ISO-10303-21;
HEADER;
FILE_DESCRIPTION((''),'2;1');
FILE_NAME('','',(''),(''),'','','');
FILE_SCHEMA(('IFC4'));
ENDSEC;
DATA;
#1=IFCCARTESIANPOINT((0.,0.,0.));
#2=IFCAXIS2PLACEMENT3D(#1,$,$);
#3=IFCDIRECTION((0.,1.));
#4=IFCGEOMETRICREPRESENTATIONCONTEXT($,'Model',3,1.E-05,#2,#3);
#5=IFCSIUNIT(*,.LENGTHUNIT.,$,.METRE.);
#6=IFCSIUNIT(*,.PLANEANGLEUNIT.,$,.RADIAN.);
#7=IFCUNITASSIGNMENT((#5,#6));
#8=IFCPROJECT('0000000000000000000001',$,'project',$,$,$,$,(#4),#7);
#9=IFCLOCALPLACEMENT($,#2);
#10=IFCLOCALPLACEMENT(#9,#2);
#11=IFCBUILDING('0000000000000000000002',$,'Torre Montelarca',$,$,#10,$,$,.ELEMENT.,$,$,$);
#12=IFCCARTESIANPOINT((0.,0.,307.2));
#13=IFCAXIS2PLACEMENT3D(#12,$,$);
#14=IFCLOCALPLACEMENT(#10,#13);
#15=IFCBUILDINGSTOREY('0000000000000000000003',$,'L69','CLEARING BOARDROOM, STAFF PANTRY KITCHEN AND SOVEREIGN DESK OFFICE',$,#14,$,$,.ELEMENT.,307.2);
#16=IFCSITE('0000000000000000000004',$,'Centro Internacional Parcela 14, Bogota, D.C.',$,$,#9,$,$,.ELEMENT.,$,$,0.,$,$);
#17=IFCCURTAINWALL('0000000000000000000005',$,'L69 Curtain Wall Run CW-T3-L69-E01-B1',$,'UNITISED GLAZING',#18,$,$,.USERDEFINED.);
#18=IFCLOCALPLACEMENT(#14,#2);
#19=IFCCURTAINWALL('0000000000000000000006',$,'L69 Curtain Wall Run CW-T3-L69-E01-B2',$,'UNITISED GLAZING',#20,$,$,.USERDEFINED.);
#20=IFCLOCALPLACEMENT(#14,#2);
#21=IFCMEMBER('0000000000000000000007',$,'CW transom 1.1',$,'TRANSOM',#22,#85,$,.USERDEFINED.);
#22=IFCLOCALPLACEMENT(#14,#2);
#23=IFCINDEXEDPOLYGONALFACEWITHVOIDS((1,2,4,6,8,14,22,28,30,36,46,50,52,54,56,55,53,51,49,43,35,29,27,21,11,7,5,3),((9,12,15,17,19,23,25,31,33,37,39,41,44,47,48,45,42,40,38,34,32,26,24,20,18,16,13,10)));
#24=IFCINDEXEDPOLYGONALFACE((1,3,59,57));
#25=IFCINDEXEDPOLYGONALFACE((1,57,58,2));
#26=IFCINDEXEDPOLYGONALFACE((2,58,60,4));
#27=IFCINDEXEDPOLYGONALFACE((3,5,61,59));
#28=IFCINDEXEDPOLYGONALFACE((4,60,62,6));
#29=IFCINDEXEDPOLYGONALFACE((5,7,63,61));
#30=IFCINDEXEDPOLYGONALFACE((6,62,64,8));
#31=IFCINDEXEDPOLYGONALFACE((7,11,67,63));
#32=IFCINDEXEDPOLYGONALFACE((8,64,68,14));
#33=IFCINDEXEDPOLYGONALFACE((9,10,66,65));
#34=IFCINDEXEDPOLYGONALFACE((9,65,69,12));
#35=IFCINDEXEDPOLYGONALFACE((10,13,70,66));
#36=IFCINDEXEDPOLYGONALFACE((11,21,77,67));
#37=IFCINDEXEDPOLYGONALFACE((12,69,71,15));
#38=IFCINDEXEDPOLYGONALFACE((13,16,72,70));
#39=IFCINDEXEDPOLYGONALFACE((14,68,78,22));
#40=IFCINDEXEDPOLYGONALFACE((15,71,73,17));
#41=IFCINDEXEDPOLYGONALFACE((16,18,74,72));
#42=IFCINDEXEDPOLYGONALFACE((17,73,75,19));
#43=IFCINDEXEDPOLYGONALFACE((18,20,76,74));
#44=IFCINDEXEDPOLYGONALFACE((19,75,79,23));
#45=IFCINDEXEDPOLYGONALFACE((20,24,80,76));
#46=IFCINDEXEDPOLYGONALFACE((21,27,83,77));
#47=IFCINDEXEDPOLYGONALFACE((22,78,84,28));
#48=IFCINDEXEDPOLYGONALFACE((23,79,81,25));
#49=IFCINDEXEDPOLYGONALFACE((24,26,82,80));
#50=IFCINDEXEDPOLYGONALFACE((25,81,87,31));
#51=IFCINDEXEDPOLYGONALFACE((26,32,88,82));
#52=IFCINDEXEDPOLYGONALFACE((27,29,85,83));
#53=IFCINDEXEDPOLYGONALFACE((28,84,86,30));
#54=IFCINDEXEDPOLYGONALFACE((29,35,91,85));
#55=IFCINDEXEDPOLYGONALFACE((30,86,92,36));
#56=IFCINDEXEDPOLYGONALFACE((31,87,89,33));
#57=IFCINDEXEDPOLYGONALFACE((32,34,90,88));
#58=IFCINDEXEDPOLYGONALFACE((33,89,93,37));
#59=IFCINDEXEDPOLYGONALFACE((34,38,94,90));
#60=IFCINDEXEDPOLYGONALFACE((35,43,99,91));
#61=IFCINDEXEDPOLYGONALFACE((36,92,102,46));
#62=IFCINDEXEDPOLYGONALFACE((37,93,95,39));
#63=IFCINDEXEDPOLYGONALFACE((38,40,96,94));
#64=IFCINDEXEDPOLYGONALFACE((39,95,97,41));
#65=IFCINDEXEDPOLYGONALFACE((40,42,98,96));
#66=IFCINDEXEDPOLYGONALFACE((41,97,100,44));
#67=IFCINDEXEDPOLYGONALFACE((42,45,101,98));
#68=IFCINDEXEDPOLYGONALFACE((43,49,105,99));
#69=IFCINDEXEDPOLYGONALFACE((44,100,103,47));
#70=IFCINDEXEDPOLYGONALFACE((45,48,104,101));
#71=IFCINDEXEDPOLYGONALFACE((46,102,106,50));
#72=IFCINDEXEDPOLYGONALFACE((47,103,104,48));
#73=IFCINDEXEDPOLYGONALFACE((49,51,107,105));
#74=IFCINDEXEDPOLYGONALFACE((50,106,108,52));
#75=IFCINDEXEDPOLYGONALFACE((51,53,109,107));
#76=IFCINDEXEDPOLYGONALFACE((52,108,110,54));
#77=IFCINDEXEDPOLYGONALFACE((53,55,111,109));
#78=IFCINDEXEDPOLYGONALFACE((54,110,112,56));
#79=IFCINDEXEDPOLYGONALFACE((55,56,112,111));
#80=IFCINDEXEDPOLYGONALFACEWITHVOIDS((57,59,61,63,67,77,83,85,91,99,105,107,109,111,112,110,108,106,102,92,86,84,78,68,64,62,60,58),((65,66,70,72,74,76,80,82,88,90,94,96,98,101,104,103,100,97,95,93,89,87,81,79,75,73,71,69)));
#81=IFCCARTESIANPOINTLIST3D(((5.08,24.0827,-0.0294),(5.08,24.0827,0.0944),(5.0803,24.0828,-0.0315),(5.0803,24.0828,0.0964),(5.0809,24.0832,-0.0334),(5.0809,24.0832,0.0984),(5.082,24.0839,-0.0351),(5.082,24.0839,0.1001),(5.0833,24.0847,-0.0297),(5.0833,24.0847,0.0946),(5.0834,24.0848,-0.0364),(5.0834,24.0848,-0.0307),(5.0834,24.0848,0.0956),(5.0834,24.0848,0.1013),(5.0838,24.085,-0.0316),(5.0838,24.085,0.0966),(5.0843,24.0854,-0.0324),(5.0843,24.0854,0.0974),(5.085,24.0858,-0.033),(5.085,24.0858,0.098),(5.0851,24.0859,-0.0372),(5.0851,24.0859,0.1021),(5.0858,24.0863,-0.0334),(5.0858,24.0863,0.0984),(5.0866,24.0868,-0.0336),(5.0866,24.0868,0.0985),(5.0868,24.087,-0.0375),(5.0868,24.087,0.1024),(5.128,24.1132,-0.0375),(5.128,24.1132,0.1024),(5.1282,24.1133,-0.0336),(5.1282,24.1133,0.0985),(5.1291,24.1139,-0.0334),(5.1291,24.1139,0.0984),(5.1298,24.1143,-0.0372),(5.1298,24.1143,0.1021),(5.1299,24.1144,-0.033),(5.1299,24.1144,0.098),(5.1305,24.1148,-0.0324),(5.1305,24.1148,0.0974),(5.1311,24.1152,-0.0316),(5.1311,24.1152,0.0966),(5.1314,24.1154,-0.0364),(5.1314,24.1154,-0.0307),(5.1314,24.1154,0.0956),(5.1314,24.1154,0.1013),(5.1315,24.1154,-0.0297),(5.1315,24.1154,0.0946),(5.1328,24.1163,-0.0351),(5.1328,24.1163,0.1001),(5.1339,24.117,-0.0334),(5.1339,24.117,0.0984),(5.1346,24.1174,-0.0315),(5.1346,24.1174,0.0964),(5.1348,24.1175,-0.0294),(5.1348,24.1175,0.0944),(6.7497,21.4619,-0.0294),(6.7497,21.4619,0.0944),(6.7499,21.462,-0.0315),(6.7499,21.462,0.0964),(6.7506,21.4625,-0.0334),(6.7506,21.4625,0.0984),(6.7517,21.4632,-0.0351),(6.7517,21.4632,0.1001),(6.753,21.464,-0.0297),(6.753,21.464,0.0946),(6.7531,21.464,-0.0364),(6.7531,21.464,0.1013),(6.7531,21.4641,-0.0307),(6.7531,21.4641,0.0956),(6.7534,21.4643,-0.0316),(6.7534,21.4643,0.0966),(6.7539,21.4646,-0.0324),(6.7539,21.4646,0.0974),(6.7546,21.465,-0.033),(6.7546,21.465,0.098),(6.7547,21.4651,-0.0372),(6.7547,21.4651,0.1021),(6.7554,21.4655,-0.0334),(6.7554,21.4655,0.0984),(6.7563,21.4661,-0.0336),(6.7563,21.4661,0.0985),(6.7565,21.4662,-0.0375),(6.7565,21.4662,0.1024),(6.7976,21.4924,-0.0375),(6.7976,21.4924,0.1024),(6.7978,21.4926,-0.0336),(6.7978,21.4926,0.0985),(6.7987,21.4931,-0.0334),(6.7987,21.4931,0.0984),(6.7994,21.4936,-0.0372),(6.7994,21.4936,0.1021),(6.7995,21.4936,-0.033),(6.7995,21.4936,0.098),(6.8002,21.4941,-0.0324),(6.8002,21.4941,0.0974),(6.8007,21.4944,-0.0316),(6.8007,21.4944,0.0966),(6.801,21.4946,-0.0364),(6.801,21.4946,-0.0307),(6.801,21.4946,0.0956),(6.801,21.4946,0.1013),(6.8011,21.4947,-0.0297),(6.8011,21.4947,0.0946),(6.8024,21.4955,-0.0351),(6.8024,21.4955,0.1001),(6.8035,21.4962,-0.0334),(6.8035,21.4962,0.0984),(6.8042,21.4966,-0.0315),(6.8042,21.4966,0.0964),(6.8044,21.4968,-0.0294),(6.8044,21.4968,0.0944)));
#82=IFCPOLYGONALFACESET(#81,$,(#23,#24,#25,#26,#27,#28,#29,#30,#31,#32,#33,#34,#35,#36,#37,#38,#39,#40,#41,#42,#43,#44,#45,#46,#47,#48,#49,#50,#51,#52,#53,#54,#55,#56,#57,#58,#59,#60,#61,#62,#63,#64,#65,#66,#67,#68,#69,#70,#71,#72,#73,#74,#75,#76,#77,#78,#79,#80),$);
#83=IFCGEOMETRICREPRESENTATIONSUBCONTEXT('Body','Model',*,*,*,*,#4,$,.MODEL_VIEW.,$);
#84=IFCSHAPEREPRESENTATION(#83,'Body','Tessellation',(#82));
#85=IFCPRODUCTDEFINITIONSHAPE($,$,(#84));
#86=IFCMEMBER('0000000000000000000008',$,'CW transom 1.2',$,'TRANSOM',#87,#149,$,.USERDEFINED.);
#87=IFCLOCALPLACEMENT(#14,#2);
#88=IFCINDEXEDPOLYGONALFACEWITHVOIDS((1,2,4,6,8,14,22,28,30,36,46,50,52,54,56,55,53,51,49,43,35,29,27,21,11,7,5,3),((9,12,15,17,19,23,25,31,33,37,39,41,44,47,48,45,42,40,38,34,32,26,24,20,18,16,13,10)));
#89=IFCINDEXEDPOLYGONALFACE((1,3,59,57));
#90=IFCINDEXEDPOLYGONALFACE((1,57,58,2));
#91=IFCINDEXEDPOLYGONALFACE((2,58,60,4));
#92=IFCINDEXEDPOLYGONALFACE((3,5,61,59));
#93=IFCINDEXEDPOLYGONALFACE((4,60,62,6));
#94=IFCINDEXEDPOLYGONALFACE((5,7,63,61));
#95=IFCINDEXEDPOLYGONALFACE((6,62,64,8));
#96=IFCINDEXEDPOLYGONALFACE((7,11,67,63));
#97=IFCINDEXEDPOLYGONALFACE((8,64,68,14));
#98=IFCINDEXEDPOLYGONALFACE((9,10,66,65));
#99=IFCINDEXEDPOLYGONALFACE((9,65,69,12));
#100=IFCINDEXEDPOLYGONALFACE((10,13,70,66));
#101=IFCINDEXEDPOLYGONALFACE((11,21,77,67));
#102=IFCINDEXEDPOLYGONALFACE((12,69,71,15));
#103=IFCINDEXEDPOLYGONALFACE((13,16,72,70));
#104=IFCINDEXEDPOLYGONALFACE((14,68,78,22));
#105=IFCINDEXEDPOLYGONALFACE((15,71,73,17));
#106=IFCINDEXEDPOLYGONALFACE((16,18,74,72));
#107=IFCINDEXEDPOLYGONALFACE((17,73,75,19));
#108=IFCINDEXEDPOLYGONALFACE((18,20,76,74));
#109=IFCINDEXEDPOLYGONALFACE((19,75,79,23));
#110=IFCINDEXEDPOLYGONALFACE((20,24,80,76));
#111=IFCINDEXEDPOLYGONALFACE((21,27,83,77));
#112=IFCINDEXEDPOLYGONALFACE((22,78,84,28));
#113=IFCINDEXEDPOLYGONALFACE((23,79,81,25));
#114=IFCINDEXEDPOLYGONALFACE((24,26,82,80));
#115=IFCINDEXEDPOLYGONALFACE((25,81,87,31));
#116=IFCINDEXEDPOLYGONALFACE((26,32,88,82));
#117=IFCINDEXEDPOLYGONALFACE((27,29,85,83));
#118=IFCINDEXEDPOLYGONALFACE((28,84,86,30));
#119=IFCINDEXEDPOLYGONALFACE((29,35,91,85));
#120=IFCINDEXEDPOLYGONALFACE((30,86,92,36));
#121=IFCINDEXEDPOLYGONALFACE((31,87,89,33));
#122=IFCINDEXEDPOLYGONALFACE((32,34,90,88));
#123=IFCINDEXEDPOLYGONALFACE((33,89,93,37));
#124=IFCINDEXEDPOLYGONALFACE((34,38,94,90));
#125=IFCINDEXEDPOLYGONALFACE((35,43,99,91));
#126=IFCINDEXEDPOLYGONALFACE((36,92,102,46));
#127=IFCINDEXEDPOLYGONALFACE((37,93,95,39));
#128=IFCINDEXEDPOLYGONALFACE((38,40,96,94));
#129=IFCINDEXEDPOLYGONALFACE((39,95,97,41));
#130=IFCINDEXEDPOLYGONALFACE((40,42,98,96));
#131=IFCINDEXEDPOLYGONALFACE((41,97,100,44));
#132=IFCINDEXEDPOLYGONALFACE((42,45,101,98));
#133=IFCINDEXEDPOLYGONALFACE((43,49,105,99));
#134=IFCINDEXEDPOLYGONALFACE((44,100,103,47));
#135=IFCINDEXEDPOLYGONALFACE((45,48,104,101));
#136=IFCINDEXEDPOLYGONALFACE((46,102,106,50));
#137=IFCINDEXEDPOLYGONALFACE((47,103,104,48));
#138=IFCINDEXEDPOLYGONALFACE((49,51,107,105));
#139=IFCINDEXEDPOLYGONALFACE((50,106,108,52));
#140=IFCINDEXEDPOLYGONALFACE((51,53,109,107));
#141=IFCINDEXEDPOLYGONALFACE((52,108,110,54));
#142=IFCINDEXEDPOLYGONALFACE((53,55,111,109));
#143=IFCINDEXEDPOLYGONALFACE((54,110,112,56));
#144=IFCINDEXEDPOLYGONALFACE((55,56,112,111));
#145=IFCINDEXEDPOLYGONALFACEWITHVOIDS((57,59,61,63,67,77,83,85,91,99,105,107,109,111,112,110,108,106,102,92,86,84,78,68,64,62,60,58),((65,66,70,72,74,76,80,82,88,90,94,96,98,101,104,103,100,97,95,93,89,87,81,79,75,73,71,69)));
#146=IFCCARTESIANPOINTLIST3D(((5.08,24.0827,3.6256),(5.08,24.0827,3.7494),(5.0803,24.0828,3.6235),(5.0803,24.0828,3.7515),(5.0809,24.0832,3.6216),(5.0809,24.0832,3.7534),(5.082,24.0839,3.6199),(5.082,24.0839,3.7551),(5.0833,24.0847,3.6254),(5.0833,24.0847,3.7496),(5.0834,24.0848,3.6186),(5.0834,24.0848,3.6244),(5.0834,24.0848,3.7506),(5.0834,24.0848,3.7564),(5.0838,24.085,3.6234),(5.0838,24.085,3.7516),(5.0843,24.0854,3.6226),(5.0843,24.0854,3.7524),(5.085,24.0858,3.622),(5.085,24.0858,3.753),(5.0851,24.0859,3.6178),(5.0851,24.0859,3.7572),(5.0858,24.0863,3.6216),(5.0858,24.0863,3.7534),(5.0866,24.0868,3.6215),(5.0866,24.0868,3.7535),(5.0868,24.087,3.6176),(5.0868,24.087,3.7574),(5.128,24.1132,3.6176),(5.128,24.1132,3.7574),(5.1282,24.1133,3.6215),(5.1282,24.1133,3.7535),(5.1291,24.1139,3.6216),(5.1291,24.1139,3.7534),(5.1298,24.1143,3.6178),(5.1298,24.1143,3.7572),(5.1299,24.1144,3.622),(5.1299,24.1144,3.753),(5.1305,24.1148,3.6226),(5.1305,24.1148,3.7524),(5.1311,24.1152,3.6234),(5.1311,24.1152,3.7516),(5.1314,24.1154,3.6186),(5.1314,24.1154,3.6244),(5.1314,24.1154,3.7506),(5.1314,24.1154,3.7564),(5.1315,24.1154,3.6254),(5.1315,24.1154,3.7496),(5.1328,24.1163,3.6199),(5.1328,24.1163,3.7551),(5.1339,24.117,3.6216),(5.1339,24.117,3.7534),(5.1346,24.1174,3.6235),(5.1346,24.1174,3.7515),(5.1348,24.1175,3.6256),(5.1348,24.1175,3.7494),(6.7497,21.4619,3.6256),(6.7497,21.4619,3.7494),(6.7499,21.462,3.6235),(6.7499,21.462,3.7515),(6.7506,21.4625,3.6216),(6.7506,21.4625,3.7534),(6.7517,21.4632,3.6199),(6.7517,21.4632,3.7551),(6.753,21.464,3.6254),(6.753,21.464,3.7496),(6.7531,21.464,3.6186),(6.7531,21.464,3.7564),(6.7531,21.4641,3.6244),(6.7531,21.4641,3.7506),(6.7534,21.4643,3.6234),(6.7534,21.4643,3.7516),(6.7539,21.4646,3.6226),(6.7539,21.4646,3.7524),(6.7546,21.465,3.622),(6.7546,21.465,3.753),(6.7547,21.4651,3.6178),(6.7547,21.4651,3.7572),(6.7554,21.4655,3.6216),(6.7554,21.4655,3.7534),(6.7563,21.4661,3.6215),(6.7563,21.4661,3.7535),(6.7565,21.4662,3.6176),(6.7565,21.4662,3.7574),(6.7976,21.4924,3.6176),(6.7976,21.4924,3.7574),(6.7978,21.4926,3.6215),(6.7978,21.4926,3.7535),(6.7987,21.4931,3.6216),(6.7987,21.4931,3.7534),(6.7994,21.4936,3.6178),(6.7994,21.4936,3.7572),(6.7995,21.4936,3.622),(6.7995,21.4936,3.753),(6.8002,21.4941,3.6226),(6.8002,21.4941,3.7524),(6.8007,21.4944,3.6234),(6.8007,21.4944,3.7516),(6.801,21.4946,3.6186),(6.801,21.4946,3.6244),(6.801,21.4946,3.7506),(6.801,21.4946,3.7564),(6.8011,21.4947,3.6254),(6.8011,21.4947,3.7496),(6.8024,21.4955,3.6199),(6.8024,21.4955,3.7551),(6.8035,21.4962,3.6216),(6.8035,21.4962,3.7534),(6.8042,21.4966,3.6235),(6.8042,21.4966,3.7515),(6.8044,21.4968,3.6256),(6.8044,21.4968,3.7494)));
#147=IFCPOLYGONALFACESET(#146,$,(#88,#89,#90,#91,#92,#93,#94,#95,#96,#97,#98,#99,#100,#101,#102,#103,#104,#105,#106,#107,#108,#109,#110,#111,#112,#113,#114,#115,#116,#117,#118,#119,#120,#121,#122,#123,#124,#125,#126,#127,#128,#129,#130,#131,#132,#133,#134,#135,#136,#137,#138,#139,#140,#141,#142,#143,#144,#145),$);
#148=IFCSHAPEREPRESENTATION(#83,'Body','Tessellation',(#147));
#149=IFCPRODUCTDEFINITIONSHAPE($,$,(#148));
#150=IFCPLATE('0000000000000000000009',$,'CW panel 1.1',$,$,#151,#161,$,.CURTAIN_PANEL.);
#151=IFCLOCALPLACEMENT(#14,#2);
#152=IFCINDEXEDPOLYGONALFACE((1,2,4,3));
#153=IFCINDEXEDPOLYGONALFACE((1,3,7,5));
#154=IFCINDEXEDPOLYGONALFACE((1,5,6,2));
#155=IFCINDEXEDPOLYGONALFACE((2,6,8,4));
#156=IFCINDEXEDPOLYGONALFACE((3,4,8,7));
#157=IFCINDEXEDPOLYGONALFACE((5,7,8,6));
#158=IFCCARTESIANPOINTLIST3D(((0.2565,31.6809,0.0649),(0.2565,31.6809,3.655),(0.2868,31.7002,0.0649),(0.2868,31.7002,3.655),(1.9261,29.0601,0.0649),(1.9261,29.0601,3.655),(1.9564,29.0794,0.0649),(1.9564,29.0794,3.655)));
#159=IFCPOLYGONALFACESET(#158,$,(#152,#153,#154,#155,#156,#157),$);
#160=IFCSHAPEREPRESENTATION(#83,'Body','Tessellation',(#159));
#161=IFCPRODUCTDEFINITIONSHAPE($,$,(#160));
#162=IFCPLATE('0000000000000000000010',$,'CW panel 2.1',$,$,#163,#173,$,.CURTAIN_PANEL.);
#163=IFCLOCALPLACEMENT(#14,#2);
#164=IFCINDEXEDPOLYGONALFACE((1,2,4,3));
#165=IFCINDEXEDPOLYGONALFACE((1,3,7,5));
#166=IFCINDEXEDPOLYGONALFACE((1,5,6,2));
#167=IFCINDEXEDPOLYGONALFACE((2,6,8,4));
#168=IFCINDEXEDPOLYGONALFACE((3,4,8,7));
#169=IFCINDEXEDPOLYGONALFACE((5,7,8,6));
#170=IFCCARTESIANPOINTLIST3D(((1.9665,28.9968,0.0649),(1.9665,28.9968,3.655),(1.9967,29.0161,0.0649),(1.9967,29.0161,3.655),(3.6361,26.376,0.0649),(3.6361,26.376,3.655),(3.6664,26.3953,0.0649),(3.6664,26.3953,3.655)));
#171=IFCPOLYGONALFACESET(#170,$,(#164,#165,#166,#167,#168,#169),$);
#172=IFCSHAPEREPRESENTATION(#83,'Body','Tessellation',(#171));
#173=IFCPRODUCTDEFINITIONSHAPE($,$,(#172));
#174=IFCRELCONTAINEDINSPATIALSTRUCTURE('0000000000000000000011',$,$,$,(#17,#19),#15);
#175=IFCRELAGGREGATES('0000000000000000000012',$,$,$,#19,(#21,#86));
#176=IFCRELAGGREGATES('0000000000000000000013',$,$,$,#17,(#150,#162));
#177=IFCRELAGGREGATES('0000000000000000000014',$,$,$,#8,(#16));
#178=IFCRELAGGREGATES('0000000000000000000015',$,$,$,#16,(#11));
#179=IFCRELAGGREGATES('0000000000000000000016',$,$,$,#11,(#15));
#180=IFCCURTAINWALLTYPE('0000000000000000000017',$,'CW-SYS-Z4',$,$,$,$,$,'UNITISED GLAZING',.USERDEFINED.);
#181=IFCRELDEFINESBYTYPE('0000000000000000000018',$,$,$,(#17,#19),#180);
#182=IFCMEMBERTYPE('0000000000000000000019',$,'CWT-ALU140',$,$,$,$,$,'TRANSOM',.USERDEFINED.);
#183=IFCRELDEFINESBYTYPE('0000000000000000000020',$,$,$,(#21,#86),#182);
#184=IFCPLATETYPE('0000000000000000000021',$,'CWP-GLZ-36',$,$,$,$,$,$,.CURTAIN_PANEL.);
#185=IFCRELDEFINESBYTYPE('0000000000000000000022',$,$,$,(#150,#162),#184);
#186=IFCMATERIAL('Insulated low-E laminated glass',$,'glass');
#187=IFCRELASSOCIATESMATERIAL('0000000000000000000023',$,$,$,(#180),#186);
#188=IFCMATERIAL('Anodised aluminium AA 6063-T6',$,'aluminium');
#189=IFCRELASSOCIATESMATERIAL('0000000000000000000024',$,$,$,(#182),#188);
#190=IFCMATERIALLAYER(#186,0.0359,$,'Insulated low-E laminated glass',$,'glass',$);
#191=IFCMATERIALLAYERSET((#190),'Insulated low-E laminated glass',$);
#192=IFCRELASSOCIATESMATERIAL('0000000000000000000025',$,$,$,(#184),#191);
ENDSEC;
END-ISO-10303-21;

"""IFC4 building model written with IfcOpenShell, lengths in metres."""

from ifc_helpers import new_model, si_unit, direction, frame, origin, origin_2d, place, context, subcontext, project, spatial, rectangle, hollow_rectangle, extrude, source, transform, mapped, material, layer, layer_set, material_profile, profile_set, type_object, element, aggregate, save


model = new_model("IFC4")

# Units and contexts
model_context = context("Model", 3, precision=1e-05, world=origin(), true_north=direction((0.0, 1.0)))
body_context = subcontext(model_context, "Body", "Model", "MODEL_VIEW")
ifc_project = project(units=[si_unit("LENGTHUNIT", "METRE"), si_unit("PLANEANGLEUNIT", "RADIAN")], contexts=[model_context])

# Site, building, storey
site_placement = place(None, origin())
site = spatial("IfcSite", under=ifc_project, at=site_placement, Name="Centro Internacional Parcela 14, Bogota, D.C.", CompositionType="ELEMENT", RefElevation=0.0)
building_placement = place(site_placement, origin())
building = spatial("IfcBuilding", under=site, at=building_placement, Name="Torre Montelarca", CompositionType="ELEMENT")
storey_placement = place(building_placement, frame((0.0, 0.0, 307.2)))
storey = spatial("IfcBuildingStorey", under=building, at=storey_placement, Name="L69", Description="CLEARING BOARDROOM, STAFF PANTRY KITCHEN AND SOVEREIGN DESK OFFICE", CompositionType="ELEMENT", Elevation=307.2)

# Curtain wall
ifc_material_1 = material(Name="Insulated low-E laminated glass", Category="glass")
curtain_wall_type = type_object("IfcCurtainWallType", Name="CW-SYS-Z4", ElementType="UNITISED GLAZING", PredefinedType="USERDEFINED", material=ifc_material_1)
curtain_wall_1_placement = place(storey_placement, origin())
curtain_wall_1 = element("IfcCurtainWall", 1, at=curtain_wall_1_placement, inside=storey, type_object=curtain_wall_type, Name="L69 Curtain Wall Run CW-T3-L69-E01-B1", ObjectType="UNITISED GLAZING", PredefinedType="USERDEFINED")
ifc_material_2 = material(Name="Anodised aluminium AA 6063-T6", Category="aluminium")

# Curtain wall
curtain_wall_2_placement = place(storey_placement, origin())
curtain_wall_2 = element("IfcCurtainWall", 2, at=curtain_wall_2_placement, inside=storey, type_object=curtain_wall_type, Name="L69 Curtain Wall Run CW-T3-L69-E01-B2", ObjectType="UNITISED GLAZING", PredefinedType="USERDEFINED")

# Members
ifc_material_profile_1 = material_profile(ifc_material_2, hollow_rectangle(XDim=0.0649, YDim=0.1399, WallThickness=0.0039, InnerFilletRadius=0.0039, OuterFilletRadius=0.0081, at=origin_2d()), Name="ALU65X140X4", Category="aluminium")
ifc_profile_set_1 = profile_set([ifc_material_profile_1], Name="Anodised aluminium AA 6063-T6")
member_type_1 = type_object("IfcMemberType", Name="CWT-ALU140", ElementType="TRANSOM", PredefinedType="USERDEFINED", material=ifc_profile_set_1)
shared_shape_1 = source(origin(), body_context, "Body", "SweptSolid", [
    extrude(hollow_rectangle(XDim=0.0649, YDim=0.1399, WallThickness=0.0039, InnerFilletRadius=0.0039, OuterFilletRadius=0.0081, at=origin_2d()), origin(), (0.0, 0.0, 1.0), 3.1074),
])
member_1_placement = place(storey_placement, frame((5.1074, 24.1001, 0.0325), z_axis=(0.537302, -0.84339, 0.0), x_axis=(0.84339, 0.537302, 0.0)))
member_1 = element("IfcMember", 3, at=member_1_placement, type_object=member_type_1, Name="CW transom 1.1", ObjectType="TRANSOM", PredefinedType="USERDEFINED", context=body_context, shape_type="MappedRepresentation", body=[
    mapped(shared_shape_1, transform((0.0, 0.0, 0.0), scale=1.0)),
])
member_2_placement = place(storey_placement, frame((5.1074, 24.1001, 3.6875), z_axis=(0.537302, -0.84339, 0.0), x_axis=(0.84339, 0.537302, 0.0)))
member_2 = element("IfcMember", 4, at=member_2_placement, type_object=member_type_1, Name="CW transom 1.2", ObjectType="TRANSOM", PredefinedType="USERDEFINED", context=body_context, shape_type="MappedRepresentation", body=[
    mapped(shared_shape_1, transform((0.0, 0.0, 0.0), scale=1.0)),
])
aggregate(curtain_wall_2, [member_1, member_2])

# Plates
ifc_layer_1 = layer(ifc_material_1, 0.0359, Name="Insulated low-E laminated glass", Category="glass")
ifc_layer_set_1 = layer_set([ifc_layer_1], Name="Insulated low-E laminated glass")
plate_type = type_object("IfcPlateType", Name="CWP-GLZ-36", PredefinedType="CURTAIN_PANEL", material=ifc_layer_set_1)
shared_shape_2 = source(origin(), body_context, "Body", "SweptSolid", [
    extrude(rectangle(XDim=3.1074, YDim=0.0359, at=origin_2d()), origin(), (0.0, 0.0, 1.0), 3.5901),
])
plate_1_placement = place(storey_placement, frame((1.1064, 30.3801, 0.0649), z_axis=(0.0, 0.0, 1.0), x_axis=(0.537301, -0.84339, 0.0)))
plate_1 = element("IfcPlate", 5, at=plate_1_placement, type_object=plate_type, Name="CW panel 1.1", PredefinedType="CURTAIN_PANEL", context=body_context, shape_type="MappedRepresentation", body=[
    mapped(shared_shape_2, transform((0.0, 0.0, 0.0), scale=1.0)),
])
plate_2_placement = place(storey_placement, frame((2.8164, 27.696, 0.0649), z_axis=(0.0, 0.0, 1.0), x_axis=(0.537301, -0.84339, 0.0)))
plate_2 = element("IfcPlate", 6, at=plate_2_placement, type_object=plate_type, Name="CW panel 2.1", PredefinedType="CURTAIN_PANEL", context=body_context, shape_type="MappedRepresentation", body=[
    mapped(shared_shape_2, transform((0.0, 0.0, 0.0), scale=1.0)),
])
aggregate(curtain_wall_1, [plate_1, plate_2])

save(model, "model.ifc")
